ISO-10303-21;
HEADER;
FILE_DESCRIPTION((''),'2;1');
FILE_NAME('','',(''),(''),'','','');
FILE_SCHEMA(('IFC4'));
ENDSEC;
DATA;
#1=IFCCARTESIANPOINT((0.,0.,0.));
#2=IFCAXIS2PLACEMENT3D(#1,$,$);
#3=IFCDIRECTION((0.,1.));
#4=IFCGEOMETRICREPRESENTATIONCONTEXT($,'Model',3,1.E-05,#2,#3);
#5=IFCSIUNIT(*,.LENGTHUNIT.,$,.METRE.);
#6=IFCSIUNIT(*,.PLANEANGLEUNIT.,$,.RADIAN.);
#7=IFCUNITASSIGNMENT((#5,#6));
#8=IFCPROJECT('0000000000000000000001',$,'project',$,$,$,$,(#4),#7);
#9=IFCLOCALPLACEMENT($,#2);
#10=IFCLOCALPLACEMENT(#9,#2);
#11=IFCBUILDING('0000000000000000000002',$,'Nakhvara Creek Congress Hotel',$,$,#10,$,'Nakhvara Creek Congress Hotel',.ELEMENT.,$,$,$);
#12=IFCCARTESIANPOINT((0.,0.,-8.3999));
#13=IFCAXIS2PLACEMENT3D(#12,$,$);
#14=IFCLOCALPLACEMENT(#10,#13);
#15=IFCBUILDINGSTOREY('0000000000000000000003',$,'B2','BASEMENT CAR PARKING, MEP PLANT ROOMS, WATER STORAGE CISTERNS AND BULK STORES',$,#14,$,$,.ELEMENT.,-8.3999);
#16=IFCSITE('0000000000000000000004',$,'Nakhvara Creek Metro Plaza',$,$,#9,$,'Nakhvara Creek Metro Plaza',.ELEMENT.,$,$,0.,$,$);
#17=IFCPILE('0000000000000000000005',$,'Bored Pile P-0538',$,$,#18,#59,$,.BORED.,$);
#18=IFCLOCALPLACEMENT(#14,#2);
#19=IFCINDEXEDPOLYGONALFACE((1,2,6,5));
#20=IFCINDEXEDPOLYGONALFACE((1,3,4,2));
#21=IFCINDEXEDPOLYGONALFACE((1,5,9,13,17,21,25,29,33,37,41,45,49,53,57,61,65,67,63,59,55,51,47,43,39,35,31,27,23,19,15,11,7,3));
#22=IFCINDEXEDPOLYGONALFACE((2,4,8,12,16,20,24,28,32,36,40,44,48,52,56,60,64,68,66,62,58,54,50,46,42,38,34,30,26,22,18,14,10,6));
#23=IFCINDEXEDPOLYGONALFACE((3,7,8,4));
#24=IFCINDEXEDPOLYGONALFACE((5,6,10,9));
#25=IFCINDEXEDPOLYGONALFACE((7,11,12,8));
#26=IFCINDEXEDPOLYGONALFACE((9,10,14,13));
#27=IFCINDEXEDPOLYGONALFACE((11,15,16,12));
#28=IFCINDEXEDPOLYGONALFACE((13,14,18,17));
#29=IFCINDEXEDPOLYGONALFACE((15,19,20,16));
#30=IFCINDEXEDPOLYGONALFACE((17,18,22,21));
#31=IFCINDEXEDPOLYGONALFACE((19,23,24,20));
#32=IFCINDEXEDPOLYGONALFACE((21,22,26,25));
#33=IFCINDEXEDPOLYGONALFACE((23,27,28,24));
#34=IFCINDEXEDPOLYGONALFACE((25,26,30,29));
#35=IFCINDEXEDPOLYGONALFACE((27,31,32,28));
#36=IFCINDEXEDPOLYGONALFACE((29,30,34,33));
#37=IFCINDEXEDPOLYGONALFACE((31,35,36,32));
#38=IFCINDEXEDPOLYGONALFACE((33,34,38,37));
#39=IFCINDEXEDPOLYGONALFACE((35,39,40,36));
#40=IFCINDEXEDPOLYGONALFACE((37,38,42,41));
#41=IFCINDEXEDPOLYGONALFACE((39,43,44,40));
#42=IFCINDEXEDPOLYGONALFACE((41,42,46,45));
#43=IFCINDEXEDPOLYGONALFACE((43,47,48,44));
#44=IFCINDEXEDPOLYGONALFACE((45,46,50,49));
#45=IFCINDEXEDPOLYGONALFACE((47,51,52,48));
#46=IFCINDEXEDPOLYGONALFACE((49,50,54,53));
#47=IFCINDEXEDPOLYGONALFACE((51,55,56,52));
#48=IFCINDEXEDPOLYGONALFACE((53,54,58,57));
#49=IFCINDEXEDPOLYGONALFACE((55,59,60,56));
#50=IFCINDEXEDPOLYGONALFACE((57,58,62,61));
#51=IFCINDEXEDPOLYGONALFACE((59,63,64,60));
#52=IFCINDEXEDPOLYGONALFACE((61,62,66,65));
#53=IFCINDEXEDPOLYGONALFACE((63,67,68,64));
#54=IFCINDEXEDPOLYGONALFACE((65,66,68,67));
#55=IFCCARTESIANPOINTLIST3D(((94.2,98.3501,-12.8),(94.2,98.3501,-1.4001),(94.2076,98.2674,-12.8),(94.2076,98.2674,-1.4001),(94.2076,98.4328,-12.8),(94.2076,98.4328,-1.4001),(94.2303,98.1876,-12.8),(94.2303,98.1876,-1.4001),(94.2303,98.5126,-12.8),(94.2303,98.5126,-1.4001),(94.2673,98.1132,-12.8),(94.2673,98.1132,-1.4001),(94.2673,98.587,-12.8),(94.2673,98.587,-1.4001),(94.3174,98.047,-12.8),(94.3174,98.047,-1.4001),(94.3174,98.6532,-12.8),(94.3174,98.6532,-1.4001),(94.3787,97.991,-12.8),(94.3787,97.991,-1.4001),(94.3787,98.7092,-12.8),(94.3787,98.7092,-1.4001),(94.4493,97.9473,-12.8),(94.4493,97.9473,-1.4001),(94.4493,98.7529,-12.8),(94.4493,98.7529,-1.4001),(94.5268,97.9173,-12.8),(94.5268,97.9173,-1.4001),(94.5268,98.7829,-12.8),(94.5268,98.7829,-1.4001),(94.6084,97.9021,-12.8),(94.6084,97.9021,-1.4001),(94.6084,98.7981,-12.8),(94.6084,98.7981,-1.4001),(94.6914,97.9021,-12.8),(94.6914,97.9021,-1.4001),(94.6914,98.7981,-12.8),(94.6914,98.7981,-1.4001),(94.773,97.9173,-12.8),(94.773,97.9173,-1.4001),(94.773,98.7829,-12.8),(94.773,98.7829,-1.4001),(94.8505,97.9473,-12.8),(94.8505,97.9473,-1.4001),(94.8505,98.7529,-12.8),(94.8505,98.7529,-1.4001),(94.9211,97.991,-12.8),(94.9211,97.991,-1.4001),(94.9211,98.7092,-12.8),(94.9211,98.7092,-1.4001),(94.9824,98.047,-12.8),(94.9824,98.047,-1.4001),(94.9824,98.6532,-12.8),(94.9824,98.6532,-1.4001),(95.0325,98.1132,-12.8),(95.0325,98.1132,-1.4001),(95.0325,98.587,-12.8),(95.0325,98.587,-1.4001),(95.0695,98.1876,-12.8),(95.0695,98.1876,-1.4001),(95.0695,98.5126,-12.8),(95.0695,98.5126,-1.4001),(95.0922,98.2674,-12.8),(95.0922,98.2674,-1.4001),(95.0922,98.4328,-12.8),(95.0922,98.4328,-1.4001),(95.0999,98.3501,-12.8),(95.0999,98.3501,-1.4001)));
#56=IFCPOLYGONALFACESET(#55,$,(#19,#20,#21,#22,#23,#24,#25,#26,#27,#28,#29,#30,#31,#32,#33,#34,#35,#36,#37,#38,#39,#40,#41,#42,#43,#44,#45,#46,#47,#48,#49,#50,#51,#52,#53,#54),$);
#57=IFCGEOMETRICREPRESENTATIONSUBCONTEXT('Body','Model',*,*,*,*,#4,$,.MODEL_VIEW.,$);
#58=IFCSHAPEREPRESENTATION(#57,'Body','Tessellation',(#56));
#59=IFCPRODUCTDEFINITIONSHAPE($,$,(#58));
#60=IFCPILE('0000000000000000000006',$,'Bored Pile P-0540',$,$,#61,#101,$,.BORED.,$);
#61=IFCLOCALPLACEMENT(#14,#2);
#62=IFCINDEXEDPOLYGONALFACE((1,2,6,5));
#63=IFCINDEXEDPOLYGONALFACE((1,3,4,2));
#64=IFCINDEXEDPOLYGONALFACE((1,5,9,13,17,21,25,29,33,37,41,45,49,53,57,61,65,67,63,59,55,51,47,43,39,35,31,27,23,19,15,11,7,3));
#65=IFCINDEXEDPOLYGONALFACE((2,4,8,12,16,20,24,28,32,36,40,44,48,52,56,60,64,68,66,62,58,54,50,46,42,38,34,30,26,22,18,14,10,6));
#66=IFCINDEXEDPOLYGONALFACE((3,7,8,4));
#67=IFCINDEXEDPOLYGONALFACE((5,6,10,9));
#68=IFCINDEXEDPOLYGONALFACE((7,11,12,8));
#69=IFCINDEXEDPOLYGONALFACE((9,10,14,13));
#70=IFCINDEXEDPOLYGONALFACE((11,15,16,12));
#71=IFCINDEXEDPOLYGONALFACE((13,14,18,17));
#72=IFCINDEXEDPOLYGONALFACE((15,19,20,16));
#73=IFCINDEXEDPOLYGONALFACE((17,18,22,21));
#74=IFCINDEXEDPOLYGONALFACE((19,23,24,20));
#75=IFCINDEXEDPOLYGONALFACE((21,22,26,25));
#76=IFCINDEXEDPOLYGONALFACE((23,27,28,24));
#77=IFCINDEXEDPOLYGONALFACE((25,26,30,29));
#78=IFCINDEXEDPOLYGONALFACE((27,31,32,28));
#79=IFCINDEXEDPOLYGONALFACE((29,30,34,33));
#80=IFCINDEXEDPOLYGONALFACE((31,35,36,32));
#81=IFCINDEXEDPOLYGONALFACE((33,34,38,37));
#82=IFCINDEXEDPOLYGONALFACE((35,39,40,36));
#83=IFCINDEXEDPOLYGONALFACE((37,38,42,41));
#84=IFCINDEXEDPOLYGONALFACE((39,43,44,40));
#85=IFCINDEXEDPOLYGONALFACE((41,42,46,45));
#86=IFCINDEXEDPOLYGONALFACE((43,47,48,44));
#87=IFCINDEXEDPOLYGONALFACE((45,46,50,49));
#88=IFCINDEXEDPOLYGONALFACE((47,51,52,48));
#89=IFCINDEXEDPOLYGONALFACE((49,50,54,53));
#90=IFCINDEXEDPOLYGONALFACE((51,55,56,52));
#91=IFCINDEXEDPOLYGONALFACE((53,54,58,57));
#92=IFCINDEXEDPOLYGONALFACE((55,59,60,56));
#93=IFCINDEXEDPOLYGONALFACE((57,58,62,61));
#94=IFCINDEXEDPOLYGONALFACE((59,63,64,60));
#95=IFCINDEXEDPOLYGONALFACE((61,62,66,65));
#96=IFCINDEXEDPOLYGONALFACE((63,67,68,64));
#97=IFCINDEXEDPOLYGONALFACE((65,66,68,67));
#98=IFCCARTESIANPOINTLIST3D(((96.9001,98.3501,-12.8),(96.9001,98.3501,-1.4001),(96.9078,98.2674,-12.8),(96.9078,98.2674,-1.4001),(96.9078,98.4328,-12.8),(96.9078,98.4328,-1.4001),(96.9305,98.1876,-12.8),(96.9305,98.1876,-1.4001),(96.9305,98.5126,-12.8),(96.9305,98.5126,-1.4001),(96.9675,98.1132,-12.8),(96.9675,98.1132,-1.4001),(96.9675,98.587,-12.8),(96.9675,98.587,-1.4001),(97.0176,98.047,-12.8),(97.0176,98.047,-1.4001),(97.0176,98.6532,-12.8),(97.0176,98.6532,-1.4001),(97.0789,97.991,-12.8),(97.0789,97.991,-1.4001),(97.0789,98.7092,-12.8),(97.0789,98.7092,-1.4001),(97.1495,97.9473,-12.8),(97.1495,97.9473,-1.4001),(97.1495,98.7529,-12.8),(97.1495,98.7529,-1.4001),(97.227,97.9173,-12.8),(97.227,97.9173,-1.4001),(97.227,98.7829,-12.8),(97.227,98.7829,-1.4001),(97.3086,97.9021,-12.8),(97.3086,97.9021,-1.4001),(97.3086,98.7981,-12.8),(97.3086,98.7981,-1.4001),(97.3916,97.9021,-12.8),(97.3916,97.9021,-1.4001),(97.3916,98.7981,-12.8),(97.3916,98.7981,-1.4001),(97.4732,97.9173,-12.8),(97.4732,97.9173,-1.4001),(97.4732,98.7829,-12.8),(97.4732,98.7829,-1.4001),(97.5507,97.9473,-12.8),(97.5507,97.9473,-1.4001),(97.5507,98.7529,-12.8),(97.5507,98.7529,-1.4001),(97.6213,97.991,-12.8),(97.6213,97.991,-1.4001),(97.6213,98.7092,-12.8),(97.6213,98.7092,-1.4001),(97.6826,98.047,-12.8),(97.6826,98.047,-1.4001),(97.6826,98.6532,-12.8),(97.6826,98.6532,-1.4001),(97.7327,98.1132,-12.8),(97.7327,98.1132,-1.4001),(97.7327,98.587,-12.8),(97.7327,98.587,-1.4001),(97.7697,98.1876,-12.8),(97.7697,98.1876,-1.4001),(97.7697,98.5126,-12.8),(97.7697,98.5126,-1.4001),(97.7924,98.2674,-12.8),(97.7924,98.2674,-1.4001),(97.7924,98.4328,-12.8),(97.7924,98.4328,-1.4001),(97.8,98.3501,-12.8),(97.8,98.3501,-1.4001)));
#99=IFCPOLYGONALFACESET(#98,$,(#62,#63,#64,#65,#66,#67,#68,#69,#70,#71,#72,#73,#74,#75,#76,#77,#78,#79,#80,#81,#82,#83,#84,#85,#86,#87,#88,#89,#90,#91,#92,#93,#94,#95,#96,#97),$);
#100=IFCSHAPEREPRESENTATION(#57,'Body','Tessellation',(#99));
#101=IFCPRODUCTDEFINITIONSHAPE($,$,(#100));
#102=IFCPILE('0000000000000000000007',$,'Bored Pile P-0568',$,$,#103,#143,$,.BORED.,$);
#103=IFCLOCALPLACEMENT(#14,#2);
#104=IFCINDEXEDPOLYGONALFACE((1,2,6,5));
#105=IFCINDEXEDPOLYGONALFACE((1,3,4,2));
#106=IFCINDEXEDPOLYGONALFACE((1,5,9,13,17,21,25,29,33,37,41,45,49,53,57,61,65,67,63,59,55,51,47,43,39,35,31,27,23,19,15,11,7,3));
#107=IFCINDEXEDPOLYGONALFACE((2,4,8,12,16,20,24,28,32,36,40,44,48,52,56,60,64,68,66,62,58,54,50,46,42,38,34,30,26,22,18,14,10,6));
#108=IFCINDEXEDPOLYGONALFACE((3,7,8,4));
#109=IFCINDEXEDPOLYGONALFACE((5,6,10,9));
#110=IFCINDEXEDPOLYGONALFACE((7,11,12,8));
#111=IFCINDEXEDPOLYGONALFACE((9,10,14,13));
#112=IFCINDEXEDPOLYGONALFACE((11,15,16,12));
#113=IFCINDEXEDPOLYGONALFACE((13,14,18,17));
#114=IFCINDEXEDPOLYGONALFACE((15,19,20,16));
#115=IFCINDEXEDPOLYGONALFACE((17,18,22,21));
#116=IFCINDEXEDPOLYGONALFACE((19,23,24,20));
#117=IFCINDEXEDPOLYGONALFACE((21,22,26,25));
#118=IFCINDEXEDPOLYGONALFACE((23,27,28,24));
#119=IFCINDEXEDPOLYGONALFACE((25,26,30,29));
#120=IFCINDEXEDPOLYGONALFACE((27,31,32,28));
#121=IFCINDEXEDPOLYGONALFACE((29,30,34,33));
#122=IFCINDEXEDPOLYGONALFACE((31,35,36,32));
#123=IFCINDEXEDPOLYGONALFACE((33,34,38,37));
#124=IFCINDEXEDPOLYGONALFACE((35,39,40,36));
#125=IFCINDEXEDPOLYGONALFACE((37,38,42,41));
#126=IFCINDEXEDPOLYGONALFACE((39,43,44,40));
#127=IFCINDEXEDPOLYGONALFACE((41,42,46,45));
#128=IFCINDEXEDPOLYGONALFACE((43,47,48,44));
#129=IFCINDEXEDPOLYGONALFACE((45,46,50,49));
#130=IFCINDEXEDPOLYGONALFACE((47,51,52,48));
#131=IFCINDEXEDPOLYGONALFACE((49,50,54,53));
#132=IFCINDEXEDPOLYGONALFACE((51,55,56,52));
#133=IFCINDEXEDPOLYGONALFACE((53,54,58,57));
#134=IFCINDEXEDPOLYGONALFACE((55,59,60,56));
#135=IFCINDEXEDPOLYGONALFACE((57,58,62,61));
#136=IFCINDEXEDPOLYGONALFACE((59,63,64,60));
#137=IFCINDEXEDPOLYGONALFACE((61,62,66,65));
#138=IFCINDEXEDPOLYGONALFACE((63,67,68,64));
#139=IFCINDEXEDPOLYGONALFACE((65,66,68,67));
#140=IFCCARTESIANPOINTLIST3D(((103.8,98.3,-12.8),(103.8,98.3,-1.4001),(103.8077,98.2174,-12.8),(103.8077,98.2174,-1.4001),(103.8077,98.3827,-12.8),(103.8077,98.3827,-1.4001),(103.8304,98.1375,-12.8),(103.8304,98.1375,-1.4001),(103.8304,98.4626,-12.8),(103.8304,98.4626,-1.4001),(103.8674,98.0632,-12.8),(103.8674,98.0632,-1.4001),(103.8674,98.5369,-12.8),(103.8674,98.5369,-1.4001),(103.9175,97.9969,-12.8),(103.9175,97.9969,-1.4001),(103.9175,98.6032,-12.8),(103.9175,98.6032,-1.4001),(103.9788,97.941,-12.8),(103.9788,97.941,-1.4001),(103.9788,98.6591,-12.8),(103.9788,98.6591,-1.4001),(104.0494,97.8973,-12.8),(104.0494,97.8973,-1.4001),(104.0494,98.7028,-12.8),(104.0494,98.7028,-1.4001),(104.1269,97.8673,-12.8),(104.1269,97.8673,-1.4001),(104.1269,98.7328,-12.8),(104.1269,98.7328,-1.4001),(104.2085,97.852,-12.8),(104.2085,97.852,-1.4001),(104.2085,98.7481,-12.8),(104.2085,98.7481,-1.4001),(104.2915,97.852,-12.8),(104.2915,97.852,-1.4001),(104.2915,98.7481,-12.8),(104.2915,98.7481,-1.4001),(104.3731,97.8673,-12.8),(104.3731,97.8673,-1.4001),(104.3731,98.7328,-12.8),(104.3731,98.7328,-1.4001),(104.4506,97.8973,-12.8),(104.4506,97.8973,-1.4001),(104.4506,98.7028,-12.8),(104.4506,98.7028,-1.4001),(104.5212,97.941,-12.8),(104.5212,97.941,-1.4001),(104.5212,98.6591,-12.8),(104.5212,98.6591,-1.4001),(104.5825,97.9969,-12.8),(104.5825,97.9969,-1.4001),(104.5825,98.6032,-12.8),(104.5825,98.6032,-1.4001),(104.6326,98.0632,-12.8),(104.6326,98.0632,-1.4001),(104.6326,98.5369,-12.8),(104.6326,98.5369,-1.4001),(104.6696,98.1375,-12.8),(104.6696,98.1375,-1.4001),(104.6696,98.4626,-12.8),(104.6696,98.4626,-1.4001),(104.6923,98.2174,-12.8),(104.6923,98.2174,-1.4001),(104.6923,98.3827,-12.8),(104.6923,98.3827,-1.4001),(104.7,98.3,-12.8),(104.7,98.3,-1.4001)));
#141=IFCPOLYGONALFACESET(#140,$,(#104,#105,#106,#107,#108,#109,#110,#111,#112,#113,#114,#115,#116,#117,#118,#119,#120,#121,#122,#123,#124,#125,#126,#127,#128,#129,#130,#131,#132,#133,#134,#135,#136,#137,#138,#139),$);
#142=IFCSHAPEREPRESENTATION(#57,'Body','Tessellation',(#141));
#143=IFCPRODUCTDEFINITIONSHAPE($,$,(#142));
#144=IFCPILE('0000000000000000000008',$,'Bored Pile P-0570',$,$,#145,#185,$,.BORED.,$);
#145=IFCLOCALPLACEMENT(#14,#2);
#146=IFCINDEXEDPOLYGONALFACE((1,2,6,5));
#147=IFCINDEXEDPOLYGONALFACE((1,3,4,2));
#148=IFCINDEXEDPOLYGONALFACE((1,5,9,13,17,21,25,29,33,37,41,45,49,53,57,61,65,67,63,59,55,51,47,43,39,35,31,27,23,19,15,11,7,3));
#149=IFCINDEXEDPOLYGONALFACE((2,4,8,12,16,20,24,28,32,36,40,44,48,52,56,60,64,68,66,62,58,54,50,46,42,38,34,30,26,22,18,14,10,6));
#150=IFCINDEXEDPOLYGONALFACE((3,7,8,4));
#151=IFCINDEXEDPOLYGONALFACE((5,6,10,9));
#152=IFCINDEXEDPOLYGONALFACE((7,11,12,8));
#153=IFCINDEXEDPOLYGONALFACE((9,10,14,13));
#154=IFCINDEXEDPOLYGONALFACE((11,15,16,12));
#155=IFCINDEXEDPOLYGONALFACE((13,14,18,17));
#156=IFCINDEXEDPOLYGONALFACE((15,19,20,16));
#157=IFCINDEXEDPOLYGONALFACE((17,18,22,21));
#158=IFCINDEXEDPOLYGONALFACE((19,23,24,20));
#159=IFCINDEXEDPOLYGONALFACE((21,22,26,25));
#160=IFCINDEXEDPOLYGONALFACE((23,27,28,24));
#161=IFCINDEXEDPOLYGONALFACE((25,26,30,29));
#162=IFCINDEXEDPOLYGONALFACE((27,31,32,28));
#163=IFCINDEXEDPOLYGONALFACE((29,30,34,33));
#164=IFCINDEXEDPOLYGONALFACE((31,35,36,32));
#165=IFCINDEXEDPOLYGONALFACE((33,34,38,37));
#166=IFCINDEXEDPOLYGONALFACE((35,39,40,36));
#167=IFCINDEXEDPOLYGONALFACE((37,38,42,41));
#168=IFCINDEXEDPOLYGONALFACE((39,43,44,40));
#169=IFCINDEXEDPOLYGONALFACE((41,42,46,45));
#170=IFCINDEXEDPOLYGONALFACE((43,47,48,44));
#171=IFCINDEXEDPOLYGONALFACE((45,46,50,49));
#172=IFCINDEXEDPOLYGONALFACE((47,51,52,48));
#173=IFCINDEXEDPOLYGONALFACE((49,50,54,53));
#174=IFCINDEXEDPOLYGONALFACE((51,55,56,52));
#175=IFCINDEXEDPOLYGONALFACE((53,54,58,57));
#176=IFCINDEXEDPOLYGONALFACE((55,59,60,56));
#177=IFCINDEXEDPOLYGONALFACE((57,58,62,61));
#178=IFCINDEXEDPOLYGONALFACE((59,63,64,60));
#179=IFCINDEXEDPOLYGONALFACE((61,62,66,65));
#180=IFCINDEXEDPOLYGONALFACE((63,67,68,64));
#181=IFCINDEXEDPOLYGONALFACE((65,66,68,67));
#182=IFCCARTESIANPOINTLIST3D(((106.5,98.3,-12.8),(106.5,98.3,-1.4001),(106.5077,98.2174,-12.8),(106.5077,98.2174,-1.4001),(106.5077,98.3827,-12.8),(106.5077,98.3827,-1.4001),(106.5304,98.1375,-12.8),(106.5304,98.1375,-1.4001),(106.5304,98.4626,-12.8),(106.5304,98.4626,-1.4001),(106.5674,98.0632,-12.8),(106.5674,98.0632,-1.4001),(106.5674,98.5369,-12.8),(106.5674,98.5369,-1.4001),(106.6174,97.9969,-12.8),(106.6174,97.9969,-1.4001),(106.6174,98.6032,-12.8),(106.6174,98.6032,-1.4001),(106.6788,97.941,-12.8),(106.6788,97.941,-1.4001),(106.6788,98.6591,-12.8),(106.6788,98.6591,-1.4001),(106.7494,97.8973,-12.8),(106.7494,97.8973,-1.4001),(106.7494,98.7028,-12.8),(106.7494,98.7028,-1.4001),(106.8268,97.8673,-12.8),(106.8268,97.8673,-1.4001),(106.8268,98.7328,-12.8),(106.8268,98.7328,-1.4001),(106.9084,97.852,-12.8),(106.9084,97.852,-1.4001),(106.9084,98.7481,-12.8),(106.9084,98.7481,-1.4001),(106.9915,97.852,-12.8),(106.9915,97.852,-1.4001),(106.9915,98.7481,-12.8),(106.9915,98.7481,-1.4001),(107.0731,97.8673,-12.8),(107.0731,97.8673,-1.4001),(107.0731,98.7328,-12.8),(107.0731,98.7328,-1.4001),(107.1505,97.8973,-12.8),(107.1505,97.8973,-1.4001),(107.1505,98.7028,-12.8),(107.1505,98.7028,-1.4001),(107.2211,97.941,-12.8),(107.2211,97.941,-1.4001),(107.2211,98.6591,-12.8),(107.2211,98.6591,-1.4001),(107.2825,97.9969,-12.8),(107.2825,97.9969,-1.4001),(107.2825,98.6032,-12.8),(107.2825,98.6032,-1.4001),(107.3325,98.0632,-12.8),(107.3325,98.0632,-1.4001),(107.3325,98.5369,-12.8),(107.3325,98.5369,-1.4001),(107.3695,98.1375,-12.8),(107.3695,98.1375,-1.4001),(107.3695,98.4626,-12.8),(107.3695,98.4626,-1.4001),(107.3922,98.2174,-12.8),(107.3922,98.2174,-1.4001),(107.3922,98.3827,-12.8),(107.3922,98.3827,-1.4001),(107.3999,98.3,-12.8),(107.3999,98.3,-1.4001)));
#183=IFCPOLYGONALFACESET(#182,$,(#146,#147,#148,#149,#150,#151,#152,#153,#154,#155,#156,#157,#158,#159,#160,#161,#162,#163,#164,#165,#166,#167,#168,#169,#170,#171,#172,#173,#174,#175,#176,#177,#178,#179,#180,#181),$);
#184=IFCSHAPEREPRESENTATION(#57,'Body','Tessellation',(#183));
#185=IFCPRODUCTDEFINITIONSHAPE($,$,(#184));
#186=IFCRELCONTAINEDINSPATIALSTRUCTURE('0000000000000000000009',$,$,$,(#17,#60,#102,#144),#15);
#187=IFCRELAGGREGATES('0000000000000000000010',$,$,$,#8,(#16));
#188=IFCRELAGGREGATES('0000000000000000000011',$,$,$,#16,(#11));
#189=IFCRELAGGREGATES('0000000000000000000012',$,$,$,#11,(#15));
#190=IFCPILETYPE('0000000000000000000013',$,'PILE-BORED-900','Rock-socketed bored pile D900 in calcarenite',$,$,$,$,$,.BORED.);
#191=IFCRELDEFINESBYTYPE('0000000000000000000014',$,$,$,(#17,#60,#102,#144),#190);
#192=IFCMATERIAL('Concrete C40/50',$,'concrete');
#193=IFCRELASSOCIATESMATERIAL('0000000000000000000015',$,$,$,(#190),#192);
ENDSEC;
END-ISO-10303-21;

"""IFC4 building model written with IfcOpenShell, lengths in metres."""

from ifc_helpers import new_model, si_unit, direction, frame, origin, origin_2d, place, context, subcontext, project, spatial, circle, extrude, material, material_profile, profile_set, type_object, element, save


model = new_model("IFC4")

# Units and contexts
model_context = context("Model", 3, precision=1e-05, world=origin(), true_north=direction((0.0, 1.0)))
body_context = subcontext(model_context, "Body", "Model", "MODEL_VIEW")
ifc_project = project(units=[si_unit("LENGTHUNIT", "METRE"), si_unit("PLANEANGLEUNIT", "RADIAN")], contexts=[model_context])

# Site, building, storey
site_placement = place(None, origin())
site = spatial("IfcSite", under=ifc_project, at=site_placement, Name="Nakhvara Creek Metro Plaza", LongName="Nakhvara Creek Metro Plaza", CompositionType="ELEMENT", RefElevation=0.0)
building_placement = place(site_placement, origin())
building = spatial("IfcBuilding", under=site, at=building_placement, Name="Nakhvara Creek Congress Hotel", LongName="Nakhvara Creek Congress Hotel", CompositionType="ELEMENT")
storey_placement = place(building_placement, frame((0.0, 0.0, -8.3999)))
storey = spatial("IfcBuildingStorey", under=building, at=storey_placement, Name="B2", Description="BASEMENT CAR PARKING, MEP PLANT ROOMS, WATER STORAGE CISTERNS AND BULK STORES", CompositionType="ELEMENT", Elevation=-8.3999)

# Shared definitions
ifc_material_1 = material(Name="Concrete C40/50", Category="concrete")

# Piles
ifc_material_profile_1 = material_profile(ifc_material_1, circle(Radius=0.45, at=origin_2d()), Name="BORED PILE D900", Category="LoadBearing")
ifc_profile_set_1 = profile_set([ifc_material_profile_1], Name="Concrete C40/50")
pile_type = type_object("IfcPileType", Name="PILE-BORED-900", Description="Rock-socketed bored pile D900 in calcarenite", PredefinedType="BORED", material=ifc_profile_set_1)
for number, where, z_axis, x_axis, name in (
    (1, (94.6499, 98.3501, -1.4001), (0.0, 0.0, -1.0), (1.0, 0.0, 0.0), "Bored Pile P-0538"),
    (2, (97.3501, 98.3501, -1.4001), (0.0, 0.0, -1.0), (1.0, 0.0, 0.0), "Bored Pile P-0540"),
    (3, (104.25, 98.3, -1.4001), (0.0, 0.0, -1.0), (1.0, 0.0, 0.0), "Bored Pile P-0568"),
    (4, (106.95, 98.3, -1.4001), (0.0, 0.0, -1.0), (1.0, 0.0, 0.0), "Bored Pile P-0570"),
):
    element("IfcPile", number, at=place(storey_placement, frame(where, z_axis=z_axis, x_axis=x_axis)), inside=storey, type_object=pile_type, Name=name, PredefinedType="BORED", context=body_context, shape_type="SweptSolid", body=[
        extrude(circle(Radius=0.45, at=origin_2d()), origin(), (0.0, 0.0, 1.0), 11.3999),
    ])

save(model, "model.ifc")
